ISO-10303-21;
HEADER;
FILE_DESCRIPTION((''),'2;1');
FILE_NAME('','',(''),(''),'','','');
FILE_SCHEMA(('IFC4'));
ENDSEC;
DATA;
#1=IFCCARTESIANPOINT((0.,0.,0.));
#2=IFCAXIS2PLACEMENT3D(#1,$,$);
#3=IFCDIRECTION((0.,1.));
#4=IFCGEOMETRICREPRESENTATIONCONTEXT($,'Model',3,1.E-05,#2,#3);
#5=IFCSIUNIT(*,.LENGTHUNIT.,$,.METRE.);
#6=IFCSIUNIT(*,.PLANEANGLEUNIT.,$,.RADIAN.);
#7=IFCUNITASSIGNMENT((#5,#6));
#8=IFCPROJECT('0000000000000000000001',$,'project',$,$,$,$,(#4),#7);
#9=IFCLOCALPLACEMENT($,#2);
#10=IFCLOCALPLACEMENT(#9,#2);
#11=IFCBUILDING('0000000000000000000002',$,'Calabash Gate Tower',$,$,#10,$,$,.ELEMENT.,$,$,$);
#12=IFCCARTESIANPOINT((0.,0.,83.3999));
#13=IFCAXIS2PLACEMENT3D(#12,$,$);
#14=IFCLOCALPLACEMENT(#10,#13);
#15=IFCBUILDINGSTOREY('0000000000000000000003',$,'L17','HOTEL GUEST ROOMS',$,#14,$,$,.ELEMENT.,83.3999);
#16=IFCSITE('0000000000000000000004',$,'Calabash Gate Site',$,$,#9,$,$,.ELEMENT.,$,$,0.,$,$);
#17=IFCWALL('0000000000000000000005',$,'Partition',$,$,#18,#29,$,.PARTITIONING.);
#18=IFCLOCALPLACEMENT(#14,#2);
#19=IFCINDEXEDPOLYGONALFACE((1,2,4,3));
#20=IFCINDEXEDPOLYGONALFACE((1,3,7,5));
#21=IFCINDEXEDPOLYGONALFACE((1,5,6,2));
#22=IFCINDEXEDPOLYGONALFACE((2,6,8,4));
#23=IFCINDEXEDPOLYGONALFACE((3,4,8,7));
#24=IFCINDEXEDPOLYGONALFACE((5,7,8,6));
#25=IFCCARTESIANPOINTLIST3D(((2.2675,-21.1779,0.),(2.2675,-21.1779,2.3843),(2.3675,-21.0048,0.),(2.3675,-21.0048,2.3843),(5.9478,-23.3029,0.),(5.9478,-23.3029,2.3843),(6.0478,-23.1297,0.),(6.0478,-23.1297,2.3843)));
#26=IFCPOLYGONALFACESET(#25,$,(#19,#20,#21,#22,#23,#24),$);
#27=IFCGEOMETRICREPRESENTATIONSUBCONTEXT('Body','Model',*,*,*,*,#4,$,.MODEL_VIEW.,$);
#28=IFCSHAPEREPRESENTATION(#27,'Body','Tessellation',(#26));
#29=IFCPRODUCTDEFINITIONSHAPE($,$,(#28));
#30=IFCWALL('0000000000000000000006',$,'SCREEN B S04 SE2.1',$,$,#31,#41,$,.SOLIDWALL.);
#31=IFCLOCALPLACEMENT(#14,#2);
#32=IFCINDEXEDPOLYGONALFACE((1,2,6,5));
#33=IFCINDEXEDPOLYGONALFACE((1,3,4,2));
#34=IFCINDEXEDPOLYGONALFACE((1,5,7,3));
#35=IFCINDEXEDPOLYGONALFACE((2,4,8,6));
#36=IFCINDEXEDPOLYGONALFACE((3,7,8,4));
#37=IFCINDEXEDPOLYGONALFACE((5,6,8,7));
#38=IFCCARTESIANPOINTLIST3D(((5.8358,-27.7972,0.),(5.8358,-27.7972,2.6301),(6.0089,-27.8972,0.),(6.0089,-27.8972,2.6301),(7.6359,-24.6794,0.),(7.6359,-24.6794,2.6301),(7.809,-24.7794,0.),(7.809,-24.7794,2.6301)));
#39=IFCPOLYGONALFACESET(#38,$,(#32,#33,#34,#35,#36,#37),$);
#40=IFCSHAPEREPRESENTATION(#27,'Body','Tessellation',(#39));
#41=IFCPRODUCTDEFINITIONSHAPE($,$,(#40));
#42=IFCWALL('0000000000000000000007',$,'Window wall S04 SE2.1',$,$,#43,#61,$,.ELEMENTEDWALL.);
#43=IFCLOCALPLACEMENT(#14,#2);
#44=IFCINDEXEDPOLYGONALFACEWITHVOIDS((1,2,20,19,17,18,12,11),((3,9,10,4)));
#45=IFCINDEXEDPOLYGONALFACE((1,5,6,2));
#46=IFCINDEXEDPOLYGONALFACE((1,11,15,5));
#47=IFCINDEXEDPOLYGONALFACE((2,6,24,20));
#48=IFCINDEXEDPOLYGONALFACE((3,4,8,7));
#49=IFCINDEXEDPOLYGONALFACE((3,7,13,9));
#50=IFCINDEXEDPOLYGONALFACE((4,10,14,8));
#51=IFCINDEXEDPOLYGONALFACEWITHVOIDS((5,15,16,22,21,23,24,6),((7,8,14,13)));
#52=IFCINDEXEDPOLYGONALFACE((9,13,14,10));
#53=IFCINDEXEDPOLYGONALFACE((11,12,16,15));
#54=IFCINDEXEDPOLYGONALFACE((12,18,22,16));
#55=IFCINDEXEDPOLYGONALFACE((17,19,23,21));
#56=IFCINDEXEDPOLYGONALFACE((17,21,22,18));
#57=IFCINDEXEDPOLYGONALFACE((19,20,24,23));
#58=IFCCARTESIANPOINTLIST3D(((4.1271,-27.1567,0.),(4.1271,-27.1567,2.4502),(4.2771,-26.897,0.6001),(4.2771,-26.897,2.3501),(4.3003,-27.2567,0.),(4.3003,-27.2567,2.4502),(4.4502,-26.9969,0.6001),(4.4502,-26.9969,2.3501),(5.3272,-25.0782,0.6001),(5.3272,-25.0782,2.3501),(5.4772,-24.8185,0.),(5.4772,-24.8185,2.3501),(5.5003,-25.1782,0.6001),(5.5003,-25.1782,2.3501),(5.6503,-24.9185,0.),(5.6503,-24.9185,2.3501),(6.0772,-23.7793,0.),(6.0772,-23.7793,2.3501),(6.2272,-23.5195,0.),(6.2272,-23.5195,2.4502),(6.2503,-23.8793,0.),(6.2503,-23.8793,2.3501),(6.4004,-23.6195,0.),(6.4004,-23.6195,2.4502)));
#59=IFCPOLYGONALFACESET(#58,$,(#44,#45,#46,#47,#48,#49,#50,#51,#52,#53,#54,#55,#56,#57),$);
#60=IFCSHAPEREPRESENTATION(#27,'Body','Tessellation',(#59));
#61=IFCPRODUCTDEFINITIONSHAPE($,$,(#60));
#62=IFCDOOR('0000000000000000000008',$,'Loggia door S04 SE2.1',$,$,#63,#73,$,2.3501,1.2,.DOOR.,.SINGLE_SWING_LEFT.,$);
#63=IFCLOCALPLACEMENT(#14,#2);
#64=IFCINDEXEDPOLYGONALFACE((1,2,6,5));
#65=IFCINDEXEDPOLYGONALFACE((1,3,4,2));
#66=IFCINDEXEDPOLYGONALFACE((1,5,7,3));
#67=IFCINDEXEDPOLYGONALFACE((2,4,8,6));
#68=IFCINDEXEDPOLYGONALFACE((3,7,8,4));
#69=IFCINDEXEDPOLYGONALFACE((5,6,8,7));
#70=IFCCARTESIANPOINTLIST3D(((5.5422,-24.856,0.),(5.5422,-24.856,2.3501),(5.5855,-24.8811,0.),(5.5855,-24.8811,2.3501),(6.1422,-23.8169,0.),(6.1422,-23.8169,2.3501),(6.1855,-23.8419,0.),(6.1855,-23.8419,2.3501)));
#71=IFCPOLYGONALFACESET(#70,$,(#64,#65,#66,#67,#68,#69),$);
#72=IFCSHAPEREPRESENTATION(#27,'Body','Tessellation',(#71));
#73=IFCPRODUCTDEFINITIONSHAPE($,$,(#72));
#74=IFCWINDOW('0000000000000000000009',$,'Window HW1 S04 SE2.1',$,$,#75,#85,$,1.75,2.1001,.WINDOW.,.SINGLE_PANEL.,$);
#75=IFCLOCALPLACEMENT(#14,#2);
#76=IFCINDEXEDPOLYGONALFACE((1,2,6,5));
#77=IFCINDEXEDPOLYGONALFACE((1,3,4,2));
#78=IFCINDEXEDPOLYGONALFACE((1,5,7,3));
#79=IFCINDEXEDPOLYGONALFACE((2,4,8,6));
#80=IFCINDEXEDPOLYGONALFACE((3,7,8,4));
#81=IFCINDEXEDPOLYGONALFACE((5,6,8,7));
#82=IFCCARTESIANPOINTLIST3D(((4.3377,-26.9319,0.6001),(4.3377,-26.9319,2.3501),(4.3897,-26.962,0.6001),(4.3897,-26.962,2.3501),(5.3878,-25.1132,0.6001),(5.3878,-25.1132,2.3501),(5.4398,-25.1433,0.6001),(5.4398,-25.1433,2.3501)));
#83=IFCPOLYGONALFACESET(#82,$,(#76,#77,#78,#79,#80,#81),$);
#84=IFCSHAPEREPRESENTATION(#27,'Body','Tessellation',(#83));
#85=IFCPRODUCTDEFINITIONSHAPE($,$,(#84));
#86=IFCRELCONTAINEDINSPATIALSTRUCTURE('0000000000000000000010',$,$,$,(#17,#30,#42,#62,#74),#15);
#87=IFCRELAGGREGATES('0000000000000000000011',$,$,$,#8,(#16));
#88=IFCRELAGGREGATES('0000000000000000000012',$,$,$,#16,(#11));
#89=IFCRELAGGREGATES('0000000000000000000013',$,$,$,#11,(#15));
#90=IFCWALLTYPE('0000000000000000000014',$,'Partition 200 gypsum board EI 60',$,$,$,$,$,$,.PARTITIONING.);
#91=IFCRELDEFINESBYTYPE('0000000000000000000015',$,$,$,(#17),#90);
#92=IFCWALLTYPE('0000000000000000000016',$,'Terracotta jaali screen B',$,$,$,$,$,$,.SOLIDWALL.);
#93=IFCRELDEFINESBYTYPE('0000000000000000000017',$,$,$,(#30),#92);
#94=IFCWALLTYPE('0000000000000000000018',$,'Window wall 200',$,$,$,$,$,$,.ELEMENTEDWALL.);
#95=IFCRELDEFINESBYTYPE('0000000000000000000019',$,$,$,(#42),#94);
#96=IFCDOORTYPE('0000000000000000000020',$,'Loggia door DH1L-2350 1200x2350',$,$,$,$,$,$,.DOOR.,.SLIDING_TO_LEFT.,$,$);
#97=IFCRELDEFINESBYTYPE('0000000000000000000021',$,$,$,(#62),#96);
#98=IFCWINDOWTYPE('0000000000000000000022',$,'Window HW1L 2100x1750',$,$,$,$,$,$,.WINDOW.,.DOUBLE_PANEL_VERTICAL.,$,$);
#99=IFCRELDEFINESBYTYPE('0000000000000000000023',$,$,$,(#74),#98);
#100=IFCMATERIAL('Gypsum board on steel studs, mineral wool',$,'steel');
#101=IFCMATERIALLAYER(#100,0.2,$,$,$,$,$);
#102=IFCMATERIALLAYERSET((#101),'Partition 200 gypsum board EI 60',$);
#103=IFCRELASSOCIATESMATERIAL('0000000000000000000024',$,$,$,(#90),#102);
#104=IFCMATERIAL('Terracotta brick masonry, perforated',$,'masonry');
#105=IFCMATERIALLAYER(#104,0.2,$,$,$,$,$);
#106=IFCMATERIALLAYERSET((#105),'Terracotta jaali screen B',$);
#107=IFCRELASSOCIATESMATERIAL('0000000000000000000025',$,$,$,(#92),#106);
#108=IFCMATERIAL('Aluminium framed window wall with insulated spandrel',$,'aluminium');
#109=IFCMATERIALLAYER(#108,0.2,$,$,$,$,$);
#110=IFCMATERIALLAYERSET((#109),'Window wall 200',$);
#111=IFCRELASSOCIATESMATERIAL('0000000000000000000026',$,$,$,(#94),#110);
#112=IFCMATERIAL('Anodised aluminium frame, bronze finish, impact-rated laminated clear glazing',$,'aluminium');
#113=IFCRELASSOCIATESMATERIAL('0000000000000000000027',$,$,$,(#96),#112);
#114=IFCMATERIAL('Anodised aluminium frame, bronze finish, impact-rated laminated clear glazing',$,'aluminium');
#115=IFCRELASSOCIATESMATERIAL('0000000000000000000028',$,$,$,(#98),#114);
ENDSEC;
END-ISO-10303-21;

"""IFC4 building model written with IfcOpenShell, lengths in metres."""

from ifc_helpers import new_model, si_unit, direction, frame, frame_2d, origin, place, context, subcontext, project, spatial, rectangle, extrude, material, layer, layer_set, type_object, element, fill, save


model = new_model("IFC4")

# Units and contexts
model_context = context("Model", 3, precision=1e-05, world=origin(), true_north=direction((0.0, 1.0)))
body_context = subcontext(model_context, "Body", "Model", "MODEL_VIEW")
ifc_project = project(units=[si_unit("LENGTHUNIT", "METRE"), si_unit("PLANEANGLEUNIT", "RADIAN")], contexts=[model_context])

# Site, building, storey
site_placement = place(None, origin())
site = spatial("IfcSite", under=ifc_project, at=site_placement, Name="Calabash Gate Site", CompositionType="ELEMENT", RefElevation=0.0)
building_placement = place(site_placement, origin())
building = spatial("IfcBuilding", under=site, at=building_placement, Name="Calabash Gate Tower", CompositionType="ELEMENT")
storey_placement = place(building_placement, frame((0.0, 0.0, 83.3999)))
storey = spatial("IfcBuildingStorey", under=building, at=storey_placement, Name="L17", Description="HOTEL GUEST ROOMS", CompositionType="ELEMENT", Elevation=83.3999)

# Walls
ifc_material_1 = material(Name="Gypsum board on steel studs, mineral wool", Category="steel")
ifc_layer_1 = layer(ifc_material_1, 0.2)
ifc_layer_set_1 = layer_set([ifc_layer_1], Name="Partition 200 gypsum board EI 60")
wall_type_1 = type_object("IfcWallType", Name="Partition 200 gypsum board EI 60", PredefinedType="PARTITIONING", material=ifc_layer_set_1)
wall_1_placement = place(storey_placement, frame((2.3174, -21.0913, 0.0), z_axis=(0.0, 0.0, 1.0), x_axis=(0.866014, -0.500019, 0.0)))
element("IfcWall", 1, at=wall_1_placement, inside=storey, type_object=wall_type_1, Name="Partition", PredefinedType="PARTITIONING", context=body_context, shape_type="SweptSolid", body=[
    extrude(rectangle(XDim=4.2498, YDim=0.2, at=frame_2d((2.125, 0.0))), origin(), (0.0, 0.0, 1.0), 2.3843),
])
ifc_material_2 = material(Name="Terracotta brick masonry, perforated", Category="masonry")
ifc_layer_2 = layer(ifc_material_2, 0.2)
ifc_layer_set_2 = layer_set([ifc_layer_2], Name="Terracotta jaali screen B")
wall_type_2 = type_object("IfcWallType", Name="Terracotta jaali screen B", PredefinedType="SOLIDWALL", material=ifc_layer_set_2)
wall_2_placement = place(storey_placement, frame((5.9224, -27.8472, 0.0), z_axis=(0.0, 0.0, 1.0), x_axis=(0.500012, 0.866018, 0.0)))
element("IfcWall", 2, at=wall_2_placement, inside=storey, type_object=wall_type_2, Name="SCREEN B S04 SE2.1", PredefinedType="SOLIDWALL", context=body_context, shape_type="SweptSolid", body=[
    extrude(rectangle(XDim=3.6001, YDim=0.2, at=frame_2d((1.8, 0.0))), origin(), (0.0, 0.0, 1.0), 2.6301),
])

# Wall, openings, door, window
ifc_material_3 = material(Name="Aluminium framed window wall with insulated spandrel", Category="aluminium")
ifc_layer_3 = layer(ifc_material_3, 0.2)
ifc_layer_set_3 = layer_set([ifc_layer_3], Name="Window wall 200")
wall_type_3 = type_object("IfcWallType", Name="Window wall 200", PredefinedType="ELEMENTEDWALL", material=ifc_layer_set_3)
wall_3_placement = place(storey_placement, frame((4.2136, -27.2068, 0.0), z_axis=(0.0, 0.0, 1.0), x_axis=(0.500028, 0.866009, 0.0)))
wall_3 = element("IfcWall", 3, at=wall_3_placement, inside=storey, type_object=wall_type_3, Name="Window wall S04 SE2.1", PredefinedType="ELEMENTEDWALL", context=body_context, shape_type="SweptSolid", body=[
    extrude(rectangle(XDim=4.2, YDim=0.2, at=frame_2d((2.1001, 0.0))), origin(), (0.0, 0.0, 1.0), 2.4502),
])
opening_1_placement = place(wall_3_placement, frame((0.3, 0.0, 0.6001)))
opening_1 = element("IfcOpeningElement", 4, at=opening_1_placement, cuts=wall_3, PredefinedType="OPENING", context=body_context, shape_type="SweptSolid", body=[
    extrude(rectangle(XDim=2.1001, YDim=1.75, at=frame_2d((1.05, 0.875))), frame((0.0, 0.1099, 0.0), z_axis=(0.0, -1.0, 0.0), x_axis=(1.0, 0.0, 0.0)), (0.0, 0.0, 1.0), 0.22),
])
opening_2_placement = place(wall_3_placement, frame((2.7, 0.0, 0.0)))
opening_2 = element("IfcOpeningElement", 5, at=opening_2_placement, cuts=wall_3, PredefinedType="OPENING", context=body_context, shape_type="SweptSolid", body=[
    extrude(rectangle(XDim=1.2, YDim=2.3501, at=frame_2d((0.6001, 1.175))), frame((0.0, 0.1099, 0.0), z_axis=(0.0, -1.0, 0.0), x_axis=(1.0, 0.0, 0.0)), (0.0, 0.0, 1.0), 0.22),
])
ifc_material_4 = material(Name="Anodised aluminium frame, bronze finish, impact-rated laminated clear glazing", Category="aluminium")
door_type_1 = type_object("IfcDoorType", Name="Loggia door DH1L-2350 1200x2350", OperationType="SLIDING_TO_LEFT", PredefinedType="DOOR", material=ifc_material_4)
door_1_placement = place(opening_2_placement, origin())
door_1 = element("IfcDoor", 6, at=door_1_placement, inside=storey, type_object=door_type_1, Name="Loggia door S04 SE2.1", OperationType="SINGLE_SWING_LEFT", OverallHeight=2.3501, OverallWidth=1.2, PredefinedType="DOOR", context=body_context, shape_type="SweptSolid", body=[
    extrude(rectangle(XDim=1.2, YDim=2.3501, at=frame_2d((0.6001, 1.175))), frame((0.0, 0.0249, 0.0), z_axis=(0.0, -1.0, 0.0), x_axis=(1.0, 0.0, 0.0)), (0.0, 0.0, 1.0), 0.05),
])
fill(opening_2, door_1)
ifc_material_5 = material(Name="Anodised aluminium frame, bronze finish, impact-rated laminated clear glazing", Category="aluminium")
window_type_1 = type_object("IfcWindowType", Name="Window HW1L 2100x1750", PartitioningType="DOUBLE_PANEL_VERTICAL", PredefinedType="WINDOW", material=ifc_material_5)
window_1_placement = place(opening_1_placement, origin())
window_1 = element("IfcWindow", 7, at=window_1_placement, inside=storey, type_object=window_type_1, Name="Window HW1 S04 SE2.1", OverallHeight=1.75, OverallWidth=2.1001, PartitioningType="SINGLE_PANEL", PredefinedType="WINDOW", context=body_context, shape_type="SweptSolid", body=[
    extrude(rectangle(XDim=2.1001, YDim=1.75, at=frame_2d((1.05, 0.875))), frame((0.0, 0.03, 0.0), z_axis=(0.0, -1.0, 0.0), x_axis=(1.0, 0.0, 0.0)), (0.0, 0.0, 1.0), 0.0601),
])
fill(opening_1, window_1)

save(model, "model.ifc")
